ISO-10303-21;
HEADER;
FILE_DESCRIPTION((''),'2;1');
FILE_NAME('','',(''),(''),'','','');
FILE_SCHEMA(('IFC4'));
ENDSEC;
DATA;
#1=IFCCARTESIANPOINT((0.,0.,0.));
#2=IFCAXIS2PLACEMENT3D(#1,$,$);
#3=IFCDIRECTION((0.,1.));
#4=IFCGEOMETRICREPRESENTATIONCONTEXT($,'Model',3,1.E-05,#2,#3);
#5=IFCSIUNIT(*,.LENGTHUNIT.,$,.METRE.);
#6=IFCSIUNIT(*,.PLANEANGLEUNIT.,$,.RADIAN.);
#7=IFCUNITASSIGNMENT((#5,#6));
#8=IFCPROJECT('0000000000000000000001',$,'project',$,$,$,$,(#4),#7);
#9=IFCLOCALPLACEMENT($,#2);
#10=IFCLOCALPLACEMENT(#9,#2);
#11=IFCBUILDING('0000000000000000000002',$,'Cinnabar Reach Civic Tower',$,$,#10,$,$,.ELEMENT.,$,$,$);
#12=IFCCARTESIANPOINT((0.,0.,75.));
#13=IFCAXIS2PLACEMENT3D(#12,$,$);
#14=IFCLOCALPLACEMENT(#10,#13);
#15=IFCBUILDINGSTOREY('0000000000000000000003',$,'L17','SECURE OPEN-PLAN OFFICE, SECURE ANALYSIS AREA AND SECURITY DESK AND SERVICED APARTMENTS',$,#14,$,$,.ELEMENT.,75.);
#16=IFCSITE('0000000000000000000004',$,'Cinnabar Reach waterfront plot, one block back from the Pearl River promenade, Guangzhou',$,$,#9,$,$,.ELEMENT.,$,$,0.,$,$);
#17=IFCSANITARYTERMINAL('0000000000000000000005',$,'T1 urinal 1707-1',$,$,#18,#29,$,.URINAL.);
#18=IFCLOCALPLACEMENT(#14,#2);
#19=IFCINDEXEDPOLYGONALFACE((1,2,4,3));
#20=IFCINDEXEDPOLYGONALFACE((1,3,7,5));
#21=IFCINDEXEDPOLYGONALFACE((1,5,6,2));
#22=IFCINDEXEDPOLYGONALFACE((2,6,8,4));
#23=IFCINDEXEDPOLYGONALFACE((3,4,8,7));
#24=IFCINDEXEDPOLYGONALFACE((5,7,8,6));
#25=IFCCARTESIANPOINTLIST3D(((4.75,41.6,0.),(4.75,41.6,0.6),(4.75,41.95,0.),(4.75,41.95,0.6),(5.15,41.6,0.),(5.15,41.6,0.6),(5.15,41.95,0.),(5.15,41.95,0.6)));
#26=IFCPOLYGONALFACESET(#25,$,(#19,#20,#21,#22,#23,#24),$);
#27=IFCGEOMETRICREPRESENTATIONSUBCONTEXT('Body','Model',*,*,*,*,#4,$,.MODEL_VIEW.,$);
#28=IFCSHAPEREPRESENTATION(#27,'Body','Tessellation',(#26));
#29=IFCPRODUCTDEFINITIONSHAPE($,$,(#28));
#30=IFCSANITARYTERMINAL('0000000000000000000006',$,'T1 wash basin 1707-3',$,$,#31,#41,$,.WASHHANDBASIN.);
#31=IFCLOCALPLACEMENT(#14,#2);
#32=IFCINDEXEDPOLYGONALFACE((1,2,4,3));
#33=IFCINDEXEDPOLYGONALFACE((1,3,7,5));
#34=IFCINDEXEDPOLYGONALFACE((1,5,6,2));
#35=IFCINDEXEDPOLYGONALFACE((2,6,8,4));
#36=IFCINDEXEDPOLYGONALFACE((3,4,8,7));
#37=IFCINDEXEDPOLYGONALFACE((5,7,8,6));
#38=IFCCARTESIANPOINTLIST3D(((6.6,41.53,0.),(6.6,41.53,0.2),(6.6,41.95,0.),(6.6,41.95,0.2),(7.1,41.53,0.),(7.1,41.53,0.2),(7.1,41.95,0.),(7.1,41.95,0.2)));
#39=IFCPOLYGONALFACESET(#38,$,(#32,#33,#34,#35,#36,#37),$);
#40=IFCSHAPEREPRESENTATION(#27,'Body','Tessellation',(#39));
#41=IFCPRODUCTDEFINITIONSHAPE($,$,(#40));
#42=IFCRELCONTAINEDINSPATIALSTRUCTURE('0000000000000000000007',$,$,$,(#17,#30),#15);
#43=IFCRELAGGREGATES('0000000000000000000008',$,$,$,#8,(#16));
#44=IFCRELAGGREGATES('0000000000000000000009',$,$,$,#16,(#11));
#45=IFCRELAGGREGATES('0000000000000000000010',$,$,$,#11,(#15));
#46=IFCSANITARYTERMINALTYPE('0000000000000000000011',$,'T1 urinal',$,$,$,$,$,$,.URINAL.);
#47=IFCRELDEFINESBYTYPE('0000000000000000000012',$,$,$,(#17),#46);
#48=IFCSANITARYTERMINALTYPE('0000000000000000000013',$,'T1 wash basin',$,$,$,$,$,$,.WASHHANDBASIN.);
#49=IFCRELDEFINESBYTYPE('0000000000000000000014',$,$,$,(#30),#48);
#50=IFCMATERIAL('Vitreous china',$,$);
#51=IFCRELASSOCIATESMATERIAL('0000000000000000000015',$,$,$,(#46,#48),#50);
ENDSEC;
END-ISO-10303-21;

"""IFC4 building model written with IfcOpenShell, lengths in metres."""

from ifc_helpers import new_model, si_unit, direction, frame, origin, origin_2d, place, context, subcontext, project, spatial, rectangle, extrude, material, type_object, element, save


model = new_model("IFC4")

# Units and contexts
model_context = context("Model", 3, precision=1e-05, world=origin(), true_north=direction((0.0, 1.0)))
body_context = subcontext(model_context, "Body", "Model", "MODEL_VIEW")
ifc_project = project(units=[si_unit("LENGTHUNIT", "METRE"), si_unit("PLANEANGLEUNIT", "RADIAN")], contexts=[model_context])

# Site, building, storey
site_placement = place(None, origin())
site = spatial("IfcSite", under=ifc_project, at=site_placement, Name="Cinnabar Reach waterfront plot, one block back from the Pearl River promenade, Guangzhou", CompositionType="ELEMENT", RefElevation=0.0)
building_placement = place(site_placement, origin())
building = spatial("IfcBuilding", under=site, at=building_placement, Name="Cinnabar Reach Civic Tower", CompositionType="ELEMENT")
storey_placement = place(building_placement, frame((0.0, 0.0, 75.0)))
storey = spatial("IfcBuildingStorey", under=building, at=storey_placement, Name="L17", Description="SECURE OPEN-PLAN OFFICE, SECURE ANALYSIS AREA AND SECURITY DESK AND SERVICED APARTMENTS", CompositionType="ELEMENT", Elevation=75.0)

# Sanitary terminals
ifc_material_1 = material(Name="Vitreous china")
sanitary_terminal_type_1 = type_object("IfcSanitaryTerminalType", Name="T1 urinal", PredefinedType="URINAL", material=ifc_material_1)
sanitary_terminal_1_placement = place(storey_placement, frame((4.95, 41.775, 0.0), z_axis=(0.0, 0.0, 1.0), x_axis=(1.0, 0.0, 0.0)))
element("IfcSanitaryTerminal", 1, at=sanitary_terminal_1_placement, inside=storey, type_object=sanitary_terminal_type_1, Name="T1 urinal 1707-1", PredefinedType="URINAL", context=body_context, shape_type="SweptSolid", body=[
    extrude(rectangle(XDim=0.4, YDim=0.35, at=origin_2d()), origin(), (0.0, 0.0, 1.0), 0.6),
])
sanitary_terminal_type_2 = type_object("IfcSanitaryTerminalType", Name="T1 wash basin", PredefinedType="WASHHANDBASIN", material=ifc_material_1)
sanitary_terminal_2_placement = place(storey_placement, frame((6.85, 41.74, 0.0), z_axis=(0.0, 0.0, 1.0), x_axis=(1.0, 0.0, 0.0)))
element("IfcSanitaryTerminal", 2, at=sanitary_terminal_2_placement, inside=storey, type_object=sanitary_terminal_type_2, Name="T1 wash basin 1707-3", PredefinedType="WASHHANDBASIN", context=body_context, shape_type="SweptSolid", body=[
    extrude(rectangle(XDim=0.5, YDim=0.42, at=origin_2d()), origin(), (0.0, 0.0, 1.0), 0.2),
])

save(model, "model.ifc")
